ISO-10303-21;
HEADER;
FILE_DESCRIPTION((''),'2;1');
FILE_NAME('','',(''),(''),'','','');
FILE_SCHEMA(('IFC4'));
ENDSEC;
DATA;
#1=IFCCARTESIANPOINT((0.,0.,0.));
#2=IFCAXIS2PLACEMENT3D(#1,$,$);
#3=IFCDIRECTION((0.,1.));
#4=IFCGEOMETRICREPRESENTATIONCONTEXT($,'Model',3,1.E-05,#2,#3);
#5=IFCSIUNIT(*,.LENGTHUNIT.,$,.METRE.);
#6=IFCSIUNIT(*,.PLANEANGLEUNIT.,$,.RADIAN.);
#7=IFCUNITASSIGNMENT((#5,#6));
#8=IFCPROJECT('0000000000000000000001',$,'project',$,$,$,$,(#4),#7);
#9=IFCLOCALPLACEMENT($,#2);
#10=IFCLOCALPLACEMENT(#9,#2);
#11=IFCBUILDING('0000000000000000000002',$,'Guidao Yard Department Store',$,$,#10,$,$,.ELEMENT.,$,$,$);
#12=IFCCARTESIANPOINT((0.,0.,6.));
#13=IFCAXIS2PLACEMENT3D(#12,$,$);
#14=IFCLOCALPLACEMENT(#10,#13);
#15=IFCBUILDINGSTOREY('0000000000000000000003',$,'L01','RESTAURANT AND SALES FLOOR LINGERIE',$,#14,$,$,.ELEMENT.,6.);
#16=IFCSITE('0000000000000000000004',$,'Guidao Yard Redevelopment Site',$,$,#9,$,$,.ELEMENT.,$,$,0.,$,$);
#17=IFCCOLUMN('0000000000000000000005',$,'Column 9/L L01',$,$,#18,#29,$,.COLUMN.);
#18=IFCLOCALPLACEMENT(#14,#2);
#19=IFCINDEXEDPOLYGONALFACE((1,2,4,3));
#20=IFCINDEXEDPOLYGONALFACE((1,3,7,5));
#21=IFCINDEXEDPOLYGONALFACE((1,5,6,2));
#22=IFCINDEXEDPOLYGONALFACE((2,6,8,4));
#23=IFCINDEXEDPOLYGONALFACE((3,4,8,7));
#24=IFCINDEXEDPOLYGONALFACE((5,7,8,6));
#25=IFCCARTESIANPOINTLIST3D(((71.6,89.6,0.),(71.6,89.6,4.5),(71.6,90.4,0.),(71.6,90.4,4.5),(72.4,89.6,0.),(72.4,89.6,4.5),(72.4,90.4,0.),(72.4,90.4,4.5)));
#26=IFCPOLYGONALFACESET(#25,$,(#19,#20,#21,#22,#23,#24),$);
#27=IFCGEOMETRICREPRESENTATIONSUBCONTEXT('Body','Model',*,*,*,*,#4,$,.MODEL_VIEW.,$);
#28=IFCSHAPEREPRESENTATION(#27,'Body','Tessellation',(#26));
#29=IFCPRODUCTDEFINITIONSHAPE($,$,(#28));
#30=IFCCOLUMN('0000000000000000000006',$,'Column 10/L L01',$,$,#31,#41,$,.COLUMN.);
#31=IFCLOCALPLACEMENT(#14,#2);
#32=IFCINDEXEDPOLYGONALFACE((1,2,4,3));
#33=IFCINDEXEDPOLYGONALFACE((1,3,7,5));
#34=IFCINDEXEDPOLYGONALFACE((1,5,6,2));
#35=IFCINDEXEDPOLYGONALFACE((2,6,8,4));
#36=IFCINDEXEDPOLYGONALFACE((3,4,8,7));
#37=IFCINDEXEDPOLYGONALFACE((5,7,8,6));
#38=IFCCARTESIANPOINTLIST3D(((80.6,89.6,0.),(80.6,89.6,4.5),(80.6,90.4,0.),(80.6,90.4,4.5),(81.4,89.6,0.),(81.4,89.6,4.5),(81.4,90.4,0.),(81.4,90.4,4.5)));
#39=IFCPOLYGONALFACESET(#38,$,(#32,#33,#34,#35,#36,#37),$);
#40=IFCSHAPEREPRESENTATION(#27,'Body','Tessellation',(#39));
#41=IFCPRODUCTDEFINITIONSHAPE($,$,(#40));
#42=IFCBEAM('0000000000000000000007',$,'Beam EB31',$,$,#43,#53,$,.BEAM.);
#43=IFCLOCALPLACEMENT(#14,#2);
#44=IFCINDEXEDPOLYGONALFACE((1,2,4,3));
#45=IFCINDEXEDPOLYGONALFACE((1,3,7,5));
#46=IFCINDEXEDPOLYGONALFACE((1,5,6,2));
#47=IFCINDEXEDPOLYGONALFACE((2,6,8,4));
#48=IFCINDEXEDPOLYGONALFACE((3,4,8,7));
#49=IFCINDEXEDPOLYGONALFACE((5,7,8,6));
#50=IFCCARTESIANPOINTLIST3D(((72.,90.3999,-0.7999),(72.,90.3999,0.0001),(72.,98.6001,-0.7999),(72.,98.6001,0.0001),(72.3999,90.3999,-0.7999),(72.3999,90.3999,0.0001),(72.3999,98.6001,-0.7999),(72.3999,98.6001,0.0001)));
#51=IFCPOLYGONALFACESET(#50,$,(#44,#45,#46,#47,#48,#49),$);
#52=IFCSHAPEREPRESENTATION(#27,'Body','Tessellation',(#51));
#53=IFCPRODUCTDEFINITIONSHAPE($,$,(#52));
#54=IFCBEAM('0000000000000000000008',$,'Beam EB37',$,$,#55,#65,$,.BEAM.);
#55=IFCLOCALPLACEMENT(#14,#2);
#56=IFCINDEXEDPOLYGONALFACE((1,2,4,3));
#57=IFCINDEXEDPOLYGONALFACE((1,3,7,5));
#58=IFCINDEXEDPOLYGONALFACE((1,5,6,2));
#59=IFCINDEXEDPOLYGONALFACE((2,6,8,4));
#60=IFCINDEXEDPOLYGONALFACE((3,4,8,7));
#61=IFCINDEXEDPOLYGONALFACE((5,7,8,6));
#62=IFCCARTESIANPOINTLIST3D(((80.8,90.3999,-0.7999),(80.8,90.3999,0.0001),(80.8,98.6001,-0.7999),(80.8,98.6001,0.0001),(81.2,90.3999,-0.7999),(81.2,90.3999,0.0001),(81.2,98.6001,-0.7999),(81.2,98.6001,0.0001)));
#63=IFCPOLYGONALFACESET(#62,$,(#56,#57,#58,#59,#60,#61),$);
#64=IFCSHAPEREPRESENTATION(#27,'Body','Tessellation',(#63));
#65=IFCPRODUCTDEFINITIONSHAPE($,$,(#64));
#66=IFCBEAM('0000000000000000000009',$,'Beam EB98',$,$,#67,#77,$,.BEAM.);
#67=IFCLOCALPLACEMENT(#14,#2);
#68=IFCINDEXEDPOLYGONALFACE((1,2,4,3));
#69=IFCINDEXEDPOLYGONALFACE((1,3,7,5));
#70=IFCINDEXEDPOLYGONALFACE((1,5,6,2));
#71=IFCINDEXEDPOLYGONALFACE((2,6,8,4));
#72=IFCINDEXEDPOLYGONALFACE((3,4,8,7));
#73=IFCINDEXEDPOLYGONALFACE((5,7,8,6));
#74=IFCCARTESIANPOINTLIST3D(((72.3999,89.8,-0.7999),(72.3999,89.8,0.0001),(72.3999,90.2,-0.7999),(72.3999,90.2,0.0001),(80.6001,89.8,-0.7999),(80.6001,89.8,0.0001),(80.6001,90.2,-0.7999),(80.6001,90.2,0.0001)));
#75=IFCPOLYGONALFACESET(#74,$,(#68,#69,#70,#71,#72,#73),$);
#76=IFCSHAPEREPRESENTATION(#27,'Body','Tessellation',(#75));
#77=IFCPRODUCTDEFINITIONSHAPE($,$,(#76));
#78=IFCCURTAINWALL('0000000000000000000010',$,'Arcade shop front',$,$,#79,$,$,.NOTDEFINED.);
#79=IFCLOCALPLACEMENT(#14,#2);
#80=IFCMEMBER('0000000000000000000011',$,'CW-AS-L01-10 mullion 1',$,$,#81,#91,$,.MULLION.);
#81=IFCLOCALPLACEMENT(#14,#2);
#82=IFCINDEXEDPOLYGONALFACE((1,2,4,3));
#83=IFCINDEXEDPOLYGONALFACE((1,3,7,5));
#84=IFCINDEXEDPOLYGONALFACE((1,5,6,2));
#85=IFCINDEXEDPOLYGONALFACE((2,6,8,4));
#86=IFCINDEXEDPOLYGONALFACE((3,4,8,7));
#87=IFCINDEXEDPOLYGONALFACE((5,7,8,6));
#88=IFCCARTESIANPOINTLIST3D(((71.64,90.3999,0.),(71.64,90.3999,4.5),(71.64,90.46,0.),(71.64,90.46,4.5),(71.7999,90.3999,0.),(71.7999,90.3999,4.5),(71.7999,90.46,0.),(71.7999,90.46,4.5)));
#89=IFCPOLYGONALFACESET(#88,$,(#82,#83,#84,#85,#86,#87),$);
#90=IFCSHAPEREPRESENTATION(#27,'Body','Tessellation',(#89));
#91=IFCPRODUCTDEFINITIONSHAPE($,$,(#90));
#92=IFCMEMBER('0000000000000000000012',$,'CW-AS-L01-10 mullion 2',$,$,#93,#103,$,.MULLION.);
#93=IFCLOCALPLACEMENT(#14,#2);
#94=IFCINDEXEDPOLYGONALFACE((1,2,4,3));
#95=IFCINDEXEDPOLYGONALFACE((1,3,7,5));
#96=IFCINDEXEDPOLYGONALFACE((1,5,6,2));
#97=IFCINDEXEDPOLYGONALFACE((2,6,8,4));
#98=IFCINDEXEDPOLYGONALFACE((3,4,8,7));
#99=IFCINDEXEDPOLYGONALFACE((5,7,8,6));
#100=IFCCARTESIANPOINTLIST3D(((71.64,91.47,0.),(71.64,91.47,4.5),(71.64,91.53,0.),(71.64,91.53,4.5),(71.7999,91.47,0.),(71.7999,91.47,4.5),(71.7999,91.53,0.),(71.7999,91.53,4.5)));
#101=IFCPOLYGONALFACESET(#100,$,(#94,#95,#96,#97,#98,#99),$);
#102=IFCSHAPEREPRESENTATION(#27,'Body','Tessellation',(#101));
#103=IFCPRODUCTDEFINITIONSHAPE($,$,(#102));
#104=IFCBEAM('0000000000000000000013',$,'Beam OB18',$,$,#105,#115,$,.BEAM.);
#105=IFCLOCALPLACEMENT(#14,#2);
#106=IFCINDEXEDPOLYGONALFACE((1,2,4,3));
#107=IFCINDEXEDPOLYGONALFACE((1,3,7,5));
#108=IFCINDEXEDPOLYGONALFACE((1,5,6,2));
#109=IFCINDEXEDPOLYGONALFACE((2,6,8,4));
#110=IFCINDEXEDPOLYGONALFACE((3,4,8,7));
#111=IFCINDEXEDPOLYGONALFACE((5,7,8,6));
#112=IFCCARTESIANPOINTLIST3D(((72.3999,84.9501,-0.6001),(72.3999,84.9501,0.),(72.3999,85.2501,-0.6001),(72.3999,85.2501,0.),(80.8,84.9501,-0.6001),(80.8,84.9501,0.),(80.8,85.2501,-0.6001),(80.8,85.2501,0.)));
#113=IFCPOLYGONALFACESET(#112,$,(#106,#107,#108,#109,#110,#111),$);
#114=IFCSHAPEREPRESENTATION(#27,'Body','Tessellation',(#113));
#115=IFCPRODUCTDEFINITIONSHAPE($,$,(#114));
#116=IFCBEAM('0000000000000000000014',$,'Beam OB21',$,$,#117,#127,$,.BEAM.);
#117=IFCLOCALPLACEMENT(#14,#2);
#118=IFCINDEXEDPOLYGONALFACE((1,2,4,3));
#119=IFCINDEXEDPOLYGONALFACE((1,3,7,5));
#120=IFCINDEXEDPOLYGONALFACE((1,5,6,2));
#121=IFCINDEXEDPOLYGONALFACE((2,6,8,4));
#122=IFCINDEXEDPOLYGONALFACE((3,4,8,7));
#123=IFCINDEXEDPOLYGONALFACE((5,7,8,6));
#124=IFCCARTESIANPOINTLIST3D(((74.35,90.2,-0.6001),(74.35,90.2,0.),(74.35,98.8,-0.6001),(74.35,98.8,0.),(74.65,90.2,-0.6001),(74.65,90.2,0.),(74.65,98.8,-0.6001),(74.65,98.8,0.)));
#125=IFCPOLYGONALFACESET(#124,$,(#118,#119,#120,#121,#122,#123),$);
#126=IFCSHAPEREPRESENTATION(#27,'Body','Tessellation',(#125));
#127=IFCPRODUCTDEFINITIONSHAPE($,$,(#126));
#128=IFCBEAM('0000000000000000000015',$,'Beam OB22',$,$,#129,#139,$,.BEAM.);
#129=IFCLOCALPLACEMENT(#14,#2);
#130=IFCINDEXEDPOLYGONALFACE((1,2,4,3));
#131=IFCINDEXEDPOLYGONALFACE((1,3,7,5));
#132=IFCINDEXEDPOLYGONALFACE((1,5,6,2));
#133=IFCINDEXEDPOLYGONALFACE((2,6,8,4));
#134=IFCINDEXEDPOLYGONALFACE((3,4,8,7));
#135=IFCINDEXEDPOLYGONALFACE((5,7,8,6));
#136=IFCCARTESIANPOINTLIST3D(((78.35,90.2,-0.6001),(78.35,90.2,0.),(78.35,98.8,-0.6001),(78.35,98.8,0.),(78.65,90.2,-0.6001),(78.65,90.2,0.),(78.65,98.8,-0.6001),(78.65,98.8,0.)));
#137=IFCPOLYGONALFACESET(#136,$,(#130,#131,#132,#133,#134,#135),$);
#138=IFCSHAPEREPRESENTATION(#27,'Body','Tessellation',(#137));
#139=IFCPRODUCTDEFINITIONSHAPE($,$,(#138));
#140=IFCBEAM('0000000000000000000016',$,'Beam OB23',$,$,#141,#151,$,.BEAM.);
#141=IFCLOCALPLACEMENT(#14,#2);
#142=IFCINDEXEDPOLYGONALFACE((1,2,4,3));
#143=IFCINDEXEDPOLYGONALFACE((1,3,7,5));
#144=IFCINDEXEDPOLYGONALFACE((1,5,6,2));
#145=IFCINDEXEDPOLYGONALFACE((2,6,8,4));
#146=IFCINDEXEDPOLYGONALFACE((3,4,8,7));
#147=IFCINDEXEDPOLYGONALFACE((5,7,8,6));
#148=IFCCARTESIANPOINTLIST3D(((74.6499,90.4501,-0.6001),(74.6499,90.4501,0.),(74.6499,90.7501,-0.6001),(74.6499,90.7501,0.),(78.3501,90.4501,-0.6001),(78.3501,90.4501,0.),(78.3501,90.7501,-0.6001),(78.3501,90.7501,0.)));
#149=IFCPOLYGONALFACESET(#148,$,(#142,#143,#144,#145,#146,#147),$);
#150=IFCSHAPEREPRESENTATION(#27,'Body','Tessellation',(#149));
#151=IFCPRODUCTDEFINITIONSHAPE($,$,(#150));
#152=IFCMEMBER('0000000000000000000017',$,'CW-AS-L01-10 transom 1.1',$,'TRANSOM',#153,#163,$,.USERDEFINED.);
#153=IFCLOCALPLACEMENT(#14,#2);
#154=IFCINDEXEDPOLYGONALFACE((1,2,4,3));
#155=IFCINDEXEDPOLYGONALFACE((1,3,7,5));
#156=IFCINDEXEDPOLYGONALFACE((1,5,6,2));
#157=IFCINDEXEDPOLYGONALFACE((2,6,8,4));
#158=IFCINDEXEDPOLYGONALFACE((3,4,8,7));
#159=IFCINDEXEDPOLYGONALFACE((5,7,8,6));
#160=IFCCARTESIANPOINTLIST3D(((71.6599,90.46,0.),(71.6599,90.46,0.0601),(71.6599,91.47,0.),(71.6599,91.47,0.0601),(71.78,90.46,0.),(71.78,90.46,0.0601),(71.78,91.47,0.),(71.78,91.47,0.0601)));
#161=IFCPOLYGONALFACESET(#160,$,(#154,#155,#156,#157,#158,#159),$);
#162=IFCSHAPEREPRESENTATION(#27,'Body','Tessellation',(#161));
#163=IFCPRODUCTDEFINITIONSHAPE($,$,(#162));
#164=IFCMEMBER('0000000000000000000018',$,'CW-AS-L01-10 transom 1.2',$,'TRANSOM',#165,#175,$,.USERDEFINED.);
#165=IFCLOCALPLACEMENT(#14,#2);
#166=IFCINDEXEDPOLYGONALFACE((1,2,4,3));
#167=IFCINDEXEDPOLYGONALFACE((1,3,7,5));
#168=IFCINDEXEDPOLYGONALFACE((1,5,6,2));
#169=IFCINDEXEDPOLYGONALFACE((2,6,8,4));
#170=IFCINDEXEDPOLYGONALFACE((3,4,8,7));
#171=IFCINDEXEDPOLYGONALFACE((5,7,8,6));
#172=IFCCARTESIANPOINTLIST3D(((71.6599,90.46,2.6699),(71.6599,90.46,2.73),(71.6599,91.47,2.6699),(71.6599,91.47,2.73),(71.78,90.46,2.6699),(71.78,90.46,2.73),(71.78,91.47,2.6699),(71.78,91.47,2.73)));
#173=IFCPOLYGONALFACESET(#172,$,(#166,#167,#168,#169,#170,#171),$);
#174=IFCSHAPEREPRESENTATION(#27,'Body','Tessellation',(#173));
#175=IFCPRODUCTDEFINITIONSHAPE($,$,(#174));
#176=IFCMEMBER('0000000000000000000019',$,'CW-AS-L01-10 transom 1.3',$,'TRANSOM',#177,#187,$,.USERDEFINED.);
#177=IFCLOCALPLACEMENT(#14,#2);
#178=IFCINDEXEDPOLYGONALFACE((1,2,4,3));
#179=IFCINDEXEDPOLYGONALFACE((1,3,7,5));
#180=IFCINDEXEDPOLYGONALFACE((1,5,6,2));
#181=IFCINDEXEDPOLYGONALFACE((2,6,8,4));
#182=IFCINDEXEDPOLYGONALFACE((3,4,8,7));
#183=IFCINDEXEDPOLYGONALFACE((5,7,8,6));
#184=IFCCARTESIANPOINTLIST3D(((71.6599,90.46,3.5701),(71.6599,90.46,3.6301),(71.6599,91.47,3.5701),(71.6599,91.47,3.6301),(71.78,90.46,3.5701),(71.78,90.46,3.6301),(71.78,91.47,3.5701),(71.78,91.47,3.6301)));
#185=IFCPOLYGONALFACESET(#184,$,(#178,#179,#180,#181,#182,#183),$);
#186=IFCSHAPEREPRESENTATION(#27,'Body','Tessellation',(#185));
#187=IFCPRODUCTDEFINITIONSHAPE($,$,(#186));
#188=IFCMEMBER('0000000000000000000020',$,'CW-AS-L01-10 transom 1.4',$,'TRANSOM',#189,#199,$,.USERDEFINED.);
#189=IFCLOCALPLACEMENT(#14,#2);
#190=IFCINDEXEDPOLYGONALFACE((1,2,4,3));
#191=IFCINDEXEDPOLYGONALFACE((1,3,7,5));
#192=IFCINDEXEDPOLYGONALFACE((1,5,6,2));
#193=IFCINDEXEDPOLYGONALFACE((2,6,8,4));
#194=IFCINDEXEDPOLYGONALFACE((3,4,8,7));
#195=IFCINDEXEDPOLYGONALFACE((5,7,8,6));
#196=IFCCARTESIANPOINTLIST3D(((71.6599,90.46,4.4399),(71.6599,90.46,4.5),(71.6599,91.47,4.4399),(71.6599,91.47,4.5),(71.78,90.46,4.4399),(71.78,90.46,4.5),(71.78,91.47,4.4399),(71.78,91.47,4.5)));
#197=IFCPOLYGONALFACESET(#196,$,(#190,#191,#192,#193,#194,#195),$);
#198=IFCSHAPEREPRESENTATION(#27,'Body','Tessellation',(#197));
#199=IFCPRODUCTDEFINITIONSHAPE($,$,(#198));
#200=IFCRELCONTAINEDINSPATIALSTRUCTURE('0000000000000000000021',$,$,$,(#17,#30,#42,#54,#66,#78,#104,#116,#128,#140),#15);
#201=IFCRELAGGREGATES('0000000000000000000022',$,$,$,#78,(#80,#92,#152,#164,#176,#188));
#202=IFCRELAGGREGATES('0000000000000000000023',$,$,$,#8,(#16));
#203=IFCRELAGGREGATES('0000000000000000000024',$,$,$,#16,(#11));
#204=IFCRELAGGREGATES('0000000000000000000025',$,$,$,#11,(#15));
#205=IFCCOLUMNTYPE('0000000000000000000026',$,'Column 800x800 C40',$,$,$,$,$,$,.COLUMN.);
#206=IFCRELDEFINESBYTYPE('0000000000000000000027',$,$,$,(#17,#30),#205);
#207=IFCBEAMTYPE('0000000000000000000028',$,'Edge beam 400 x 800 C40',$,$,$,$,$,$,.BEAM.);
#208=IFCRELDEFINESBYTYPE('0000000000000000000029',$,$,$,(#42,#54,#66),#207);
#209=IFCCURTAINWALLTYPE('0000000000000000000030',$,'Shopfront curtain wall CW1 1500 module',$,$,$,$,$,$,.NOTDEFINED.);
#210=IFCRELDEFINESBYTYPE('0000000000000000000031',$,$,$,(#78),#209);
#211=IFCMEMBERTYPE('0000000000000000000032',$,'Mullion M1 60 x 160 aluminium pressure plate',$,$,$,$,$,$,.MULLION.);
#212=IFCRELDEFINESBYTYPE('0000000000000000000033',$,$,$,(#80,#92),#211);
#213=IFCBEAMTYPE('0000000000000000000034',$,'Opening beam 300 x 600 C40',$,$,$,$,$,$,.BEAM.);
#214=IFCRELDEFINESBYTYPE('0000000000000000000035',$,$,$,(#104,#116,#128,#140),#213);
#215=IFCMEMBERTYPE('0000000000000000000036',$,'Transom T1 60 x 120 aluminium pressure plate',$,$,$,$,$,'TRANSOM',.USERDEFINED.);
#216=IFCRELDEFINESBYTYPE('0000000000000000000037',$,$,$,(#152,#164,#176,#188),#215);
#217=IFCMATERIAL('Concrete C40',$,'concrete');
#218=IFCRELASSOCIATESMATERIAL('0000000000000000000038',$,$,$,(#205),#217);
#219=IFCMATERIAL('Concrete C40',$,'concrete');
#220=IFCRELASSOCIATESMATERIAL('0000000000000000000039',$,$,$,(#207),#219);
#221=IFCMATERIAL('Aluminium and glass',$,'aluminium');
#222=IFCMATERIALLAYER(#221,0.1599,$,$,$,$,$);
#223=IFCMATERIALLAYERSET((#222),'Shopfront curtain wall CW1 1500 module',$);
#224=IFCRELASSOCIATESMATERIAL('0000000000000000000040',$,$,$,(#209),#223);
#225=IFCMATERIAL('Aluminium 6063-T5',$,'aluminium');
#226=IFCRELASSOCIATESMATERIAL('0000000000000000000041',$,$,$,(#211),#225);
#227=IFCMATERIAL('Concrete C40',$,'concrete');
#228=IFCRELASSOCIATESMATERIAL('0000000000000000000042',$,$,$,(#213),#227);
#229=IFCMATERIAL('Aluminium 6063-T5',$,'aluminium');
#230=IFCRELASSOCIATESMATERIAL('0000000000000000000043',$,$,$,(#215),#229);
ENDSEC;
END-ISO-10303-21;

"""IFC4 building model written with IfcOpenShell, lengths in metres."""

from ifc_helpers import new_model, si_unit, direction, frame, origin, origin_2d, place, context, subcontext, project, spatial, rectangle, extrude, material, layer, layer_set, material_profile, profile_set, type_object, element, aggregate, save


model = new_model("IFC4")

# Units and contexts
model_context = context("Model", 3, precision=1e-05, world=origin(), true_north=direction((0.0, 1.0)))
body_context = subcontext(model_context, "Body", "Model", "MODEL_VIEW")
ifc_project = project(units=[si_unit("LENGTHUNIT", "METRE"), si_unit("PLANEANGLEUNIT", "RADIAN")], contexts=[model_context])

# Site, building, storey
site_placement = place(None, origin())
site = spatial("IfcSite", under=ifc_project, at=site_placement, Name="Guidao Yard Redevelopment Site", CompositionType="ELEMENT", RefElevation=0.0)
building_placement = place(site_placement, origin())
building = spatial("IfcBuilding", under=site, at=building_placement, Name="Guidao Yard Department Store", CompositionType="ELEMENT")
storey_placement = place(building_placement, frame((0.0, 0.0, 6.0)))
storey = spatial("IfcBuildingStorey", under=building, at=storey_placement, Name="L01", Description="RESTAURANT AND SALES FLOOR LINGERIE", CompositionType="ELEMENT", Elevation=6.0)

# Columns
ifc_material_1 = material(Name="Concrete C40", Category="concrete")
ifc_material_profile_1 = material_profile(ifc_material_1, rectangle(XDim=0.8, YDim=0.8, at=origin_2d()), Name="COL 800x800")
ifc_profile_set_1 = profile_set([ifc_material_profile_1], Name="Concrete C40")
column_type = type_object("IfcColumnType", Name="Column 800x800 C40", PredefinedType="COLUMN", material=ifc_profile_set_1)
for number, where, z_axis, x_axis, name in (
    (1, (72.0, 90.0, 0.0), (0.0, 0.0, 1.0), (1.0, 0.0, 0.0), "Column 9/L L01"),
    (2, (81.0, 90.0, 0.0), (0.0, 0.0, 1.0), (1.0, 0.0, 0.0), "Column 10/L L01"),
):
    element("IfcColumn", number, at=place(storey_placement, frame(where, z_axis=z_axis, x_axis=x_axis)), inside=storey, type_object=column_type, Name=name, PredefinedType="COLUMN", context=body_context, shape_type="SweptSolid", body=[
        extrude(rectangle(XDim=0.8, YDim=0.8, at=origin_2d()), origin(), (0.0, 0.0, 1.0), 4.5),
    ])

# Beams
ifc_material_2 = material(Name="Concrete C40", Category="concrete")
ifc_material_profile_2 = material_profile(ifc_material_2, rectangle(XDim=0.3999, YDim=0.8, at=origin_2d()), Name="Edge beam 400 x 800 C40")
ifc_profile_set_2 = profile_set([ifc_material_profile_2], Name="Concrete C40")
beam_type_1 = type_object("IfcBeamType", Name="Edge beam 400 x 800 C40", PredefinedType="BEAM", material=ifc_profile_set_2)
for number, where, z_axis, x_axis, name in (
    (3, (72.2, 90.3999, -0.3999), (0.0, 1.0, 0.0), (-1.0, 0.0, 0.0), "Beam EB31"),
    (4, (81.0, 90.3999, -0.3999), (0.0, 1.0, 0.0), (-1.0, 0.0, 0.0), "Beam EB37"),
    (5, (72.3999, 90.0, -0.3999), (1.0, 0.0, 0.0), (0.0, 1.0, 0.0), "Beam EB98"),
):
    element("IfcBeam", number, at=place(storey_placement, frame(where, z_axis=z_axis, x_axis=x_axis)), inside=storey, type_object=beam_type_1, Name=name, PredefinedType="BEAM", context=body_context, shape_type="SweptSolid", body=[
        extrude(rectangle(XDim=0.3999, YDim=0.8, at=origin_2d()), origin(), (0.0, 0.0, 1.0), 8.2002),
    ])

# Curtain wall, members
ifc_material_3 = material(Name="Aluminium and glass", Category="aluminium")
ifc_layer_1 = layer(ifc_material_3, 0.1599)
ifc_layer_set_1 = layer_set([ifc_layer_1], Name="Shopfront curtain wall CW1 1500 module")
curtain_wall_type = type_object("IfcCurtainWallType", Name="Shopfront curtain wall CW1 1500 module", PredefinedType="NOTDEFINED", material=ifc_layer_set_1)
curtain_wall_placement = place(storey_placement, origin())
curtain_wall = element("IfcCurtainWall", 6, at=curtain_wall_placement, inside=storey, type_object=curtain_wall_type, Name="Arcade shop front", PredefinedType="NOTDEFINED")
ifc_material_4 = material(Name="Aluminium 6063-T5", Category="aluminium")
ifc_material_profile_3 = material_profile(ifc_material_4, rectangle(XDim=0.0601, YDim=0.1599, at=origin_2d()), Name="Mullion M1 60 x 160 aluminium pressure plate")
ifc_profile_set_3 = profile_set([ifc_material_profile_3], Name="Aluminium 6063-T5")
member_type_1 = type_object("IfcMemberType", Name="Mullion M1 60 x 160 aluminium pressure plate", PredefinedType="MULLION", material=ifc_profile_set_3)
member_1_placement = place(storey_placement, frame((71.72, 90.4299, 0.0), z_axis=(0.0, 0.0, 1.0), x_axis=(0.0, 1.0, 0.0)))
member_1 = element("IfcMember", 7, at=member_1_placement, type_object=member_type_1, Name="CW-AS-L01-10 mullion 1", PredefinedType="MULLION", context=body_context, shape_type="SweptSolid", body=[
    extrude(rectangle(XDim=0.0601, YDim=0.1599, at=origin_2d()), origin(), (0.0, 0.0, 1.0), 4.5),
])
member_2_placement = place(storey_placement, frame((71.72, 91.5, 0.0), z_axis=(0.0, 0.0, 1.0), x_axis=(0.0, 1.0, 0.0)))
member_2 = element("IfcMember", 8, at=member_2_placement, type_object=member_type_1, Name="CW-AS-L01-10 mullion 2", PredefinedType="MULLION", context=body_context, shape_type="SweptSolid", body=[
    extrude(rectangle(XDim=0.0601, YDim=0.1599, at=origin_2d()), origin(), (0.0, 0.0, 1.0), 4.5),
])

# Beams
ifc_material_5 = material(Name="Concrete C40", Category="concrete")
ifc_material_profile_4 = material_profile(ifc_material_5, rectangle(XDim=0.3, YDim=0.6001, at=origin_2d()), Name="Opening beam 300 x 600 C40")
ifc_profile_set_4 = profile_set([ifc_material_profile_4], Name="Concrete C40")
beam_type_2 = type_object("IfcBeamType", Name="Opening beam 300 x 600 C40", PredefinedType="BEAM", material=ifc_profile_set_4)
beam_1_placement = place(storey_placement, frame((72.3999, 85.1001, -0.3), z_axis=(1.0, 0.0, 0.0), x_axis=(0.0, 1.0, 0.0)))
element("IfcBeam", 9, at=beam_1_placement, inside=storey, type_object=beam_type_2, Name="Beam OB18", PredefinedType="BEAM", context=body_context, shape_type="SweptSolid", body=[
    extrude(rectangle(XDim=0.3, YDim=0.6001, at=origin_2d()), origin(), (0.0, 0.0, 1.0), 8.4001),
])
for number, where, z_axis, x_axis, name in (
    (10, (74.5, 90.2, -0.3), (0.0, 1.0, 0.0), (-1.0, 0.0, 0.0), "Beam OB21"),
    (11, (78.5, 90.2, -0.3), (0.0, 1.0, 0.0), (-1.0, 0.0, 0.0), "Beam OB22"),
):
    element("IfcBeam", number, at=place(storey_placement, frame(where, z_axis=z_axis, x_axis=x_axis)), inside=storey, type_object=beam_type_2, Name=name, PredefinedType="BEAM", context=body_context, shape_type="SweptSolid", body=[
        extrude(rectangle(XDim=0.3, YDim=0.6001, at=origin_2d()), origin(), (0.0, 0.0, 1.0), 8.6001),
    ])
beam_2_placement = place(storey_placement, frame((74.6499, 90.6001, -0.3), z_axis=(1.0, 0.0, 0.0), x_axis=(0.0, 1.0, 0.0)))
element("IfcBeam", 12, at=beam_2_placement, inside=storey, type_object=beam_type_2, Name="Beam OB23", PredefinedType="BEAM", context=body_context, shape_type="SweptSolid", body=[
    extrude(rectangle(XDim=0.3, YDim=0.6001, at=origin_2d()), origin(), (0.0, 0.0, 1.0), 3.7002),
])

# Members
ifc_material_6 = material(Name="Aluminium 6063-T5", Category="aluminium")
ifc_material_profile_5 = material_profile(ifc_material_6, rectangle(XDim=0.1201, YDim=0.0601, at=origin_2d()), Name="Transom T1 60 x 120 aluminium pressure plate")
ifc_profile_set_5 = profile_set([ifc_material_profile_5], Name="Aluminium 6063-T5")
member_type_2 = type_object("IfcMemberType", Name="Transom T1 60 x 120 aluminium pressure plate", ElementType="TRANSOM", PredefinedType="USERDEFINED", material=ifc_profile_set_5)
member_3_placement = place(storey_placement, frame((71.72, 90.46, 0.03), z_axis=(0.0, 1.0, 0.0), x_axis=(-1.0, 0.0, 0.0)))
member_3 = element("IfcMember", 13, at=member_3_placement, type_object=member_type_2, Name="CW-AS-L01-10 transom 1.1", ObjectType="TRANSOM", PredefinedType="USERDEFINED", context=body_context, shape_type="SweptSolid", body=[
    extrude(rectangle(XDim=0.1201, YDim=0.0601, at=origin_2d()), origin(), (0.0, 0.0, 1.0), 1.01),
])
member_4_placement = place(storey_placement, frame((71.72, 90.46, 2.7), z_axis=(0.0, 1.0, 0.0), x_axis=(-1.0, 0.0, 0.0)))
member_4 = element("IfcMember", 14, at=member_4_placement, type_object=member_type_2, Name="CW-AS-L01-10 transom 1.2", ObjectType="TRANSOM", PredefinedType="USERDEFINED", context=body_context, shape_type="SweptSolid", body=[
    extrude(rectangle(XDim=0.1201, YDim=0.0601, at=origin_2d()), origin(), (0.0, 0.0, 1.0), 1.01),
])
member_5_placement = place(storey_placement, frame((71.72, 90.46, 3.6001), z_axis=(0.0, 1.0, 0.0), x_axis=(-1.0, 0.0, 0.0)))
member_5 = element("IfcMember", 15, at=member_5_placement, type_object=member_type_2, Name="CW-AS-L01-10 transom 1.3", ObjectType="TRANSOM", PredefinedType="USERDEFINED", context=body_context, shape_type="SweptSolid", body=[
    extrude(rectangle(XDim=0.1201, YDim=0.0601, at=origin_2d()), origin(), (0.0, 0.0, 1.0), 1.01),
])
member_6_placement = place(storey_placement, frame((71.72, 90.46, 4.47), z_axis=(0.0, 1.0, 0.0), x_axis=(-1.0, 0.0, 0.0)))
member_6 = element("IfcMember", 16, at=member_6_placement, type_object=member_type_2, Name="CW-AS-L01-10 transom 1.4", ObjectType="TRANSOM", PredefinedType="USERDEFINED", context=body_context, shape_type="SweptSolid", body=[
    extrude(rectangle(XDim=0.1201, YDim=0.0601, at=origin_2d()), origin(), (0.0, 0.0, 1.0), 1.01),
])

aggregate(curtain_wall, [member_1, member_2, member_3, member_4, member_5, member_6])

save(model, "model.ifc")
